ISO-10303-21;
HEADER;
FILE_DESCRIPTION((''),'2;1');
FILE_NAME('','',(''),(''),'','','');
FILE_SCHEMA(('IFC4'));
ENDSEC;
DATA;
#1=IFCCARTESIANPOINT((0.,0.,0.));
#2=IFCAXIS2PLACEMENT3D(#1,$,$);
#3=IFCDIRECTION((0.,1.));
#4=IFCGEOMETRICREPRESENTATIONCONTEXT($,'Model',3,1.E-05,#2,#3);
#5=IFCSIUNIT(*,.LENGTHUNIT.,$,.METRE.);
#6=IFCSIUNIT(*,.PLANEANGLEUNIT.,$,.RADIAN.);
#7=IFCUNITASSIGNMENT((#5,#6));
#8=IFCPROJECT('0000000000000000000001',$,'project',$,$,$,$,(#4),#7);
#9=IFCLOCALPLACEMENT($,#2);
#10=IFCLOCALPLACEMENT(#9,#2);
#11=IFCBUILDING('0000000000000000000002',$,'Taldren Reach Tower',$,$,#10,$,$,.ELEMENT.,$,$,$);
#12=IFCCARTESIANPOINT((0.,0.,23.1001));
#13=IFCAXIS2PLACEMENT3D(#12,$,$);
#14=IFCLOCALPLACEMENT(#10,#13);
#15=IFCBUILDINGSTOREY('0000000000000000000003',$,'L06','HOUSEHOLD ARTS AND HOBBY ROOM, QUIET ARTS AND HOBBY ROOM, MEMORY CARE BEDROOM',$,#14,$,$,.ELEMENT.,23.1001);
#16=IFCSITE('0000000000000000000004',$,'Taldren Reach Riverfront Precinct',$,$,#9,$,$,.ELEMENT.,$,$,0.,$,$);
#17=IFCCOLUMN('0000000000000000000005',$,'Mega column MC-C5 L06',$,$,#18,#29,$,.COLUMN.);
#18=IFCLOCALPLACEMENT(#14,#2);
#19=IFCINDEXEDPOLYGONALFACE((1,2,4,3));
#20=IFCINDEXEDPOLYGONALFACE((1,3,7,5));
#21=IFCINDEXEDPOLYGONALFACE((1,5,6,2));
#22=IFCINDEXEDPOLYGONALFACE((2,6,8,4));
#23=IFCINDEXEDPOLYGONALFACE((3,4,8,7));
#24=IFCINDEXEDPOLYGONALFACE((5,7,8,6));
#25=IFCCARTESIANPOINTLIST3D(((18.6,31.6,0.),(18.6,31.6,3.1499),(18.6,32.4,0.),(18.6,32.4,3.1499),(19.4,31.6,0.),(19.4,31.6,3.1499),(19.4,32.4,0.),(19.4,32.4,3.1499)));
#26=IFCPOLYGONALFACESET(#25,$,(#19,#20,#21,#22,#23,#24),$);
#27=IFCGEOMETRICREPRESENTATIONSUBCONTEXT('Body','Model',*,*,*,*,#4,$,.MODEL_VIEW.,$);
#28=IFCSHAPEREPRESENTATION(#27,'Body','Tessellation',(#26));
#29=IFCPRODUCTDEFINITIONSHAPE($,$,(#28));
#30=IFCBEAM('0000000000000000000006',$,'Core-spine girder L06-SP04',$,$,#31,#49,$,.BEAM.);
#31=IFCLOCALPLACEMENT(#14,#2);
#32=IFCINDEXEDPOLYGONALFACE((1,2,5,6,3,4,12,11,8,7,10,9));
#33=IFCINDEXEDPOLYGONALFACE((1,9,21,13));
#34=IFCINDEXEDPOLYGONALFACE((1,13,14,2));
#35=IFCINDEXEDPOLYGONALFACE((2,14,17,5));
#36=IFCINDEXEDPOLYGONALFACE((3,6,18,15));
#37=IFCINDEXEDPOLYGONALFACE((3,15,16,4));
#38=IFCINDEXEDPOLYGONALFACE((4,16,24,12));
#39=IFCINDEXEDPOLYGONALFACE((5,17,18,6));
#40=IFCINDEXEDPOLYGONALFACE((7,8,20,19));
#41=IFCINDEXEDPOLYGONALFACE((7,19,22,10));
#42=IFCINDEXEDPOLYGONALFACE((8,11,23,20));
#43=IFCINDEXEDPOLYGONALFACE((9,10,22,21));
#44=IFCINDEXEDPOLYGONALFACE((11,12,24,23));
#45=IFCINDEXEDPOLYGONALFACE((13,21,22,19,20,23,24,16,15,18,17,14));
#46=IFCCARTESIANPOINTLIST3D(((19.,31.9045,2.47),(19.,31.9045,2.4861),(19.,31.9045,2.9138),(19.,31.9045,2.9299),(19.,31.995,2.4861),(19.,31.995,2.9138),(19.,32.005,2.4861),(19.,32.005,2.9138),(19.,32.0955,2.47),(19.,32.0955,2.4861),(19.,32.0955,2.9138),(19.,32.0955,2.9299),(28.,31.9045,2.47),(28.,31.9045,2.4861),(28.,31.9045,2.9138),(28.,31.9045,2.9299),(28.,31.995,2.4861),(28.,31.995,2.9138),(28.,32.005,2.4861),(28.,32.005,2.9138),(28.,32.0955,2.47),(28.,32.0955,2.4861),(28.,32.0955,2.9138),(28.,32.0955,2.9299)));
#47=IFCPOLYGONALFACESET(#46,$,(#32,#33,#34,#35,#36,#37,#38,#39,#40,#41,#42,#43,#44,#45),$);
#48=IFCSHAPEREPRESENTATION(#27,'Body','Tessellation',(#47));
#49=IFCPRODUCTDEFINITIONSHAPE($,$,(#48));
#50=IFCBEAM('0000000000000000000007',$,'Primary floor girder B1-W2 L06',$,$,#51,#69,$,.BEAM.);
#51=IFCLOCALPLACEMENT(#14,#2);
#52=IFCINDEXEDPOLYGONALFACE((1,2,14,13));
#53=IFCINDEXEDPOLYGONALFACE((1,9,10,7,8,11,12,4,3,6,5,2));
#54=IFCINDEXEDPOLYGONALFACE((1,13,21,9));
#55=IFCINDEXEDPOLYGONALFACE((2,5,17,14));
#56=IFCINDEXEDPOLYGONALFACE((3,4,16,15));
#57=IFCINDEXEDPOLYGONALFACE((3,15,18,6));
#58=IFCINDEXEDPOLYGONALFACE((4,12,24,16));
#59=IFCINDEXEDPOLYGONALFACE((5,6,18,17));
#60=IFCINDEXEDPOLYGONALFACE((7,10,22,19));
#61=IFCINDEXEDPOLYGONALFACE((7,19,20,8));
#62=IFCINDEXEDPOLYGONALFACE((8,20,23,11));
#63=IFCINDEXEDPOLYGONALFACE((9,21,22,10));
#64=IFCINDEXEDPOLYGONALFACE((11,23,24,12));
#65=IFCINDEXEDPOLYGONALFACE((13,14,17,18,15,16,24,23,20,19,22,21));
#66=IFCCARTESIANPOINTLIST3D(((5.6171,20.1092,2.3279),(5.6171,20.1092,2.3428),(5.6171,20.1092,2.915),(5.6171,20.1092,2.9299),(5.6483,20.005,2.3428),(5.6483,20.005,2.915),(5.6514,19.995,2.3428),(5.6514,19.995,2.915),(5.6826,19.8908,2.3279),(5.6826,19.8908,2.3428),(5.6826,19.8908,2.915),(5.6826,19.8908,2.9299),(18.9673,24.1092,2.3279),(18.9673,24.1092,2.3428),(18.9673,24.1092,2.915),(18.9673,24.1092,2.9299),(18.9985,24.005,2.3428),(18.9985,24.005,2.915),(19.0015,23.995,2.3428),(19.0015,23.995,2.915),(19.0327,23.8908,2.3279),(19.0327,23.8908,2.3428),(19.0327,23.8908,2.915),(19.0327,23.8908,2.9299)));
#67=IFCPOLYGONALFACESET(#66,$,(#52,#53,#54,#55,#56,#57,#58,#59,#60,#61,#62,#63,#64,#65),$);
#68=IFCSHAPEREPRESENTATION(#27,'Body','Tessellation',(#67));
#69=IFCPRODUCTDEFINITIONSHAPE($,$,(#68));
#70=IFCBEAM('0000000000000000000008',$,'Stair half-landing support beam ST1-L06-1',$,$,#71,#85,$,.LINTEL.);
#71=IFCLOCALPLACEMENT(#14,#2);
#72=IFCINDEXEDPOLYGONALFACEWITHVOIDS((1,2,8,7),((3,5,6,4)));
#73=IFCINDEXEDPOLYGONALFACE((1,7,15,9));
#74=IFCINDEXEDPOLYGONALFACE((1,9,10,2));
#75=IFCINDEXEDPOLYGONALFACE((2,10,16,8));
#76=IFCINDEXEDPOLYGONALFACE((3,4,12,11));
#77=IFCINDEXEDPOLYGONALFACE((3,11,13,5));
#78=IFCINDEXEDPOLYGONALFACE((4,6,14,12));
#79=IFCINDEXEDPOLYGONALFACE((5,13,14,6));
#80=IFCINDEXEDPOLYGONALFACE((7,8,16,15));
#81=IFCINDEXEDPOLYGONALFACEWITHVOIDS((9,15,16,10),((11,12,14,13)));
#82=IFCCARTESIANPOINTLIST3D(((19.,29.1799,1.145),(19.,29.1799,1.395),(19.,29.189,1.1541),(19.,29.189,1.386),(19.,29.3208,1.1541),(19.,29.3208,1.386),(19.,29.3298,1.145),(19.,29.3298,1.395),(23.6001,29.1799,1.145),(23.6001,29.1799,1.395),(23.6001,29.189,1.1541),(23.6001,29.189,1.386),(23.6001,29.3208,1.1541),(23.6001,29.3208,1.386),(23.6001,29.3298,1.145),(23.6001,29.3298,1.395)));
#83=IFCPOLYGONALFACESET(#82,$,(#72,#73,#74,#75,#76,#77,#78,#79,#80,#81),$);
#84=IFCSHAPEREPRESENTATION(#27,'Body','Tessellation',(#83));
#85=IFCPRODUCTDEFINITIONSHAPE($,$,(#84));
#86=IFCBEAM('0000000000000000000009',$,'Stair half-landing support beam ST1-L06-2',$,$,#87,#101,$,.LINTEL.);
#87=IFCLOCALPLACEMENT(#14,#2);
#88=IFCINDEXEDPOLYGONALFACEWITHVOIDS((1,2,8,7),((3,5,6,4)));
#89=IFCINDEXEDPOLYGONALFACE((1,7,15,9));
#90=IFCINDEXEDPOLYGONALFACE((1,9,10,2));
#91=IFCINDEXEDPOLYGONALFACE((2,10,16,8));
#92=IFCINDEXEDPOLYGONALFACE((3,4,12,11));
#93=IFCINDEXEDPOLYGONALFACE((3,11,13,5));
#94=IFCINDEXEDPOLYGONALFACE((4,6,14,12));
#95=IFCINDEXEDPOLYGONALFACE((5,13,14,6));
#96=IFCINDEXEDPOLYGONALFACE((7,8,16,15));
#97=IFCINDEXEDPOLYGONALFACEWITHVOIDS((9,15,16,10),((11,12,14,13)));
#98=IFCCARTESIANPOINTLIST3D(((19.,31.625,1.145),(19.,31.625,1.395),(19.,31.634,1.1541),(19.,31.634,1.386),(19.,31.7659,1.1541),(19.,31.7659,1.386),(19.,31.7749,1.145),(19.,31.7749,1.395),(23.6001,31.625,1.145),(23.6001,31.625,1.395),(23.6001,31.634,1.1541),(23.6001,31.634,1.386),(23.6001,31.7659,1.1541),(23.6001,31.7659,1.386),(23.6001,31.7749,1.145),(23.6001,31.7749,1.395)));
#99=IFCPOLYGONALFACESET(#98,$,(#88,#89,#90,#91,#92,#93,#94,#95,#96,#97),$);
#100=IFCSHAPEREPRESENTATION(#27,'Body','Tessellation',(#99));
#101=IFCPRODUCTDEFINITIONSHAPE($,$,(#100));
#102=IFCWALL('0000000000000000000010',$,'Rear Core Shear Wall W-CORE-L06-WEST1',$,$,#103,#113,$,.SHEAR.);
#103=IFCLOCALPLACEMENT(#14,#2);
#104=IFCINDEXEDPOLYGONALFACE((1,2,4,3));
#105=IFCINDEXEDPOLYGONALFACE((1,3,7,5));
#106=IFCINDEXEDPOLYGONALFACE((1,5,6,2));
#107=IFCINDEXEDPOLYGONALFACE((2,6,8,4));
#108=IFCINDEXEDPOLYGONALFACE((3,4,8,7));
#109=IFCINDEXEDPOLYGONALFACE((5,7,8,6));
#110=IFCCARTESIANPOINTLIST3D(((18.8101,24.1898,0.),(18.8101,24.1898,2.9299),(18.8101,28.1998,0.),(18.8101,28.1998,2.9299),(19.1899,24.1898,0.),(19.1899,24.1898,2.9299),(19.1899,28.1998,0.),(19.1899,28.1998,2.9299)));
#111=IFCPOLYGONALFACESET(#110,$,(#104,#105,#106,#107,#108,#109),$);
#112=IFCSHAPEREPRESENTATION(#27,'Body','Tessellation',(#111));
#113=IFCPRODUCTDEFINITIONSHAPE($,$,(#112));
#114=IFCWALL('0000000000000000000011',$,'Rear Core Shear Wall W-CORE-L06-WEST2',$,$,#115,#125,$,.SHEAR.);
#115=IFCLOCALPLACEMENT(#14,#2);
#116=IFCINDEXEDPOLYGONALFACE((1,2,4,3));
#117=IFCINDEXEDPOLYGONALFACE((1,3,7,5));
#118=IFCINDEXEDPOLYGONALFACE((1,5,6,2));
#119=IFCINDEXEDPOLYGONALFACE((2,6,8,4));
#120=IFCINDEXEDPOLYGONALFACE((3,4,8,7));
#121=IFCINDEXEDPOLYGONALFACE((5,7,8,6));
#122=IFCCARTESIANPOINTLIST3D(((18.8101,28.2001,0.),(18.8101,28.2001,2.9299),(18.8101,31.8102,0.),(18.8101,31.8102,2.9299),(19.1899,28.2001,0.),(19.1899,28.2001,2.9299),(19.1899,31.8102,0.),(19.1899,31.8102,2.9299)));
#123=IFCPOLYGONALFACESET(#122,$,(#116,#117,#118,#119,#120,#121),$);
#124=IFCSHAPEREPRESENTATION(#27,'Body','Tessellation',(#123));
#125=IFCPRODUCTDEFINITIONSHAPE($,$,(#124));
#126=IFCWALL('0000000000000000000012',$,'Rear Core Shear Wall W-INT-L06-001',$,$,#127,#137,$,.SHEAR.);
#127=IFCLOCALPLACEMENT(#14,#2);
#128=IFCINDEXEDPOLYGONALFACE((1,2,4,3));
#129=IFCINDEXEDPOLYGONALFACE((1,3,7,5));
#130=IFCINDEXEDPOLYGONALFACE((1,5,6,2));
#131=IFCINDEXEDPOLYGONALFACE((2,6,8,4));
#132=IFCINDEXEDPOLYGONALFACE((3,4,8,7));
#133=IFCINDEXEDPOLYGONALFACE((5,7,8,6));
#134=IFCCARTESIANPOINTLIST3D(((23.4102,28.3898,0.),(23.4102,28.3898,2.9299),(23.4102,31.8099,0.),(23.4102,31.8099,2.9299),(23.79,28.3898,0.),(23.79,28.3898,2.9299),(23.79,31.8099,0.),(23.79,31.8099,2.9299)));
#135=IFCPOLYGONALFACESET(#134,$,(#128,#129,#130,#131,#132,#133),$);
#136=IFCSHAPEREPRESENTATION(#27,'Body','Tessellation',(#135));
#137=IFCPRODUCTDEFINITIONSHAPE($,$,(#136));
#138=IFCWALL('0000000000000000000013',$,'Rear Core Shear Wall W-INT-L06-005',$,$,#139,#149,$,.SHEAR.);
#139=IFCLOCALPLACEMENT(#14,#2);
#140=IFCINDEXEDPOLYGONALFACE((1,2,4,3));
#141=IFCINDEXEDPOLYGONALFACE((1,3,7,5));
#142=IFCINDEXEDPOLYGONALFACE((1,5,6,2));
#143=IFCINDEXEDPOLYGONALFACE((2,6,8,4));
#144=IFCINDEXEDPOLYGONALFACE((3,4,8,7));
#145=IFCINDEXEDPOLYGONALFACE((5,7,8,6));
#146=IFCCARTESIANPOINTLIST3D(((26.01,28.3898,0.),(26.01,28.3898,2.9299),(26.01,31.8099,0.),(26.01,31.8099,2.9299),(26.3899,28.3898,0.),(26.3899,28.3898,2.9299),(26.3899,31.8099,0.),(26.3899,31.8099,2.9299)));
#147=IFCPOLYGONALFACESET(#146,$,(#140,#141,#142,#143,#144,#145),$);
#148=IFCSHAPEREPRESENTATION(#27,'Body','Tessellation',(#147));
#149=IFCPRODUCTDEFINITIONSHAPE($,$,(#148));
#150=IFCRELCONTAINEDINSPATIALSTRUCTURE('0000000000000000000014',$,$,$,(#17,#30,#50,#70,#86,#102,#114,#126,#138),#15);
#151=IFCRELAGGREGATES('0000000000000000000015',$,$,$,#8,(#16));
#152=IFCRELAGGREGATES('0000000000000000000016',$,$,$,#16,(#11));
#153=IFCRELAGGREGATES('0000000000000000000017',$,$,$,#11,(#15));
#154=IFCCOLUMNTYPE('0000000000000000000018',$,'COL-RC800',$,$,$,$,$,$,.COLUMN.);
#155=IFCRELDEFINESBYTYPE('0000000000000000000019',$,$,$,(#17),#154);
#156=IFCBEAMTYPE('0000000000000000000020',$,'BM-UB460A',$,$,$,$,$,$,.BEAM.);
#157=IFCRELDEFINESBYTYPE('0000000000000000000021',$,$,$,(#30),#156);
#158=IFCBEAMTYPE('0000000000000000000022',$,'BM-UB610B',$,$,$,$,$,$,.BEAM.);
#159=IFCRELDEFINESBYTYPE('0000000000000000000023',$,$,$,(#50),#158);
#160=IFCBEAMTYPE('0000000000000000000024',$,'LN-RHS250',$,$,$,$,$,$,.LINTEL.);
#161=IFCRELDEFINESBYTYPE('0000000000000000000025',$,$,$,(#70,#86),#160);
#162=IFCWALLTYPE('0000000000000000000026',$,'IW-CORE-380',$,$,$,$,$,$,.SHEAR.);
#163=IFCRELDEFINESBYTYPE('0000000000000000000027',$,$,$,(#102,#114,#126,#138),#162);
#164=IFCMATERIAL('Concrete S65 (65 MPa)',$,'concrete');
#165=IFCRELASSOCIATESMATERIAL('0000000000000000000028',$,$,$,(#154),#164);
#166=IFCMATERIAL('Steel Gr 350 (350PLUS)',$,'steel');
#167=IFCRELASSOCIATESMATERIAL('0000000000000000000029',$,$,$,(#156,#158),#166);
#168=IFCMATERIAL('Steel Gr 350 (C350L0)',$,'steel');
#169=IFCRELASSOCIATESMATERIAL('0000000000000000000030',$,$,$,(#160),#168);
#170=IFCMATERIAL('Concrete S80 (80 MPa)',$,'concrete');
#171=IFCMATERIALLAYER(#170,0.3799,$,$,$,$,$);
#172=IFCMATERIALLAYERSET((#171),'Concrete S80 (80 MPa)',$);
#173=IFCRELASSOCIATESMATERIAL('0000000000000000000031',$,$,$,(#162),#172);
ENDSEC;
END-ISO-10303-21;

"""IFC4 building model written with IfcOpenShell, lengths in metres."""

from ifc_helpers import new_model, si_unit, direction, frame, frame_2d, origin, origin_2d, place, context, subcontext, project, spatial, rectangle, hollow_rectangle, i_section, extrude, source, transform, mapped, material, layer, layer_set, material_profile, profile_set, type_object, element, save


model = new_model("IFC4")

# Units and contexts
model_context = context("Model", 3, precision=1e-05, world=origin(), true_north=direction((0.0, 1.0)))
body_context = subcontext(model_context, "Body", "Model", "MODEL_VIEW")
ifc_project = project(units=[si_unit("LENGTHUNIT", "METRE"), si_unit("PLANEANGLEUNIT", "RADIAN")], contexts=[model_context])

# Site, building, storey
site_placement = place(None, origin())
site = spatial("IfcSite", under=ifc_project, at=site_placement, Name="Taldren Reach Riverfront Precinct", CompositionType="ELEMENT", RefElevation=0.0)
building_placement = place(site_placement, origin())
building = spatial("IfcBuilding", under=site, at=building_placement, Name="Taldren Reach Tower", CompositionType="ELEMENT")
storey_placement = place(building_placement, frame((0.0, 0.0, 23.1001)))
storey = spatial("IfcBuildingStorey", under=building, at=storey_placement, Name="L06", Description="HOUSEHOLD ARTS AND HOBBY ROOM, QUIET ARTS AND HOBBY ROOM, MEMORY CARE BEDROOM", CompositionType="ELEMENT", Elevation=23.1001)

# Column
ifc_material_1 = material(Name="Concrete S65 (65 MPa)", Category="concrete")
ifc_material_profile_1 = material_profile(ifc_material_1, rectangle(XDim=0.8, YDim=0.8, at=origin_2d()), Name="RC-800x800")
ifc_profile_set_1 = profile_set([ifc_material_profile_1], Name="Concrete S65 (65 MPa)")
column_type = type_object("IfcColumnType", Name="COL-RC800", PredefinedType="COLUMN", material=ifc_profile_set_1)
shared_shape_1 = source(origin(), body_context, "Body", "SweptSolid", [
    extrude(rectangle(XDim=0.8, YDim=0.8, at=origin_2d()), origin(), (0.0, 0.0, 1.0), 3.1499),
])
column_placement = place(storey_placement, frame((19.0, 32.0, 0.0), z_axis=(0.0, 0.0, 1.0), x_axis=(1.0, 0.0, 0.0)))
element("IfcColumn", 1, at=column_placement, inside=storey, type_object=column_type, Name="Mega column MC-C5 L06", PredefinedType="COLUMN", context=body_context, shape_type="MappedRepresentation", body=[
    mapped(shared_shape_1, transform((0.0, 0.0, 0.0), scale=1.0)),
])

# Beams
ifc_material_2 = material(Name="Steel Gr 350 (350PLUS)", Category="steel")
ifc_material_profile_2 = material_profile(ifc_material_2, i_section(OverallWidth=0.1909, OverallDepth=0.46, WebThickness=0.01, FlangeThickness=0.0161, at=origin_2d()), Name="460UB82.1")
ifc_profile_set_2 = profile_set([ifc_material_profile_2], Name="Steel Gr 350 (350PLUS)")
beam_type_1 = type_object("IfcBeamType", Name="BM-UB460A", PredefinedType="BEAM", material=ifc_profile_set_2)
shared_shape_2 = source(origin(), body_context, "Body", "SweptSolid", [
    extrude(i_section(OverallWidth=0.1909, OverallDepth=0.46, WebThickness=0.01, FlangeThickness=0.0161, at=origin_2d()), origin(), (0.0, 0.0, 1.0), 9.0),
])
beam_1_placement = place(storey_placement, frame((19.0, 32.0, 2.7), z_axis=(1.0, 0.0, 0.0), x_axis=(0.0, 1.0, 0.0)))
element("IfcBeam", 2, at=beam_1_placement, inside=storey, type_object=beam_type_1, Name="Core-spine girder L06-SP04", PredefinedType="BEAM", context=body_context, shape_type="MappedRepresentation", body=[
    mapped(shared_shape_2, transform((0.0, 0.0, 0.0), scale=1.0)),
])
ifc_material_profile_3 = material_profile(ifc_material_2, i_section(OverallWidth=0.228, OverallDepth=0.6021, WebThickness=0.0105, FlangeThickness=0.0149, at=origin_2d()), Name="610UB101")
ifc_profile_set_3 = profile_set([ifc_material_profile_3], Name="Steel Gr 350 (350PLUS)")
beam_type_2 = type_object("IfcBeamType", Name="BM-UB610B", PredefinedType="BEAM", material=ifc_profile_set_3)
shared_shape_3 = source(origin(), body_context, "Body", "SweptSolid", [
    extrude(i_section(OverallWidth=0.228, OverallDepth=0.6021, WebThickness=0.0105, FlangeThickness=0.0149, at=origin_2d()), origin(), (0.0, 0.0, 1.0), 13.9365),
])
beam_2_placement = place(storey_placement, frame((19.0, 24.0, 2.6289), z_axis=(-0.957926, -0.287017, 0.0), x_axis=(0.287017, -0.957926, 0.0)))
element("IfcBeam", 3, at=beam_2_placement, inside=storey, type_object=beam_type_2, Name="Primary floor girder B1-W2 L06", PredefinedType="BEAM", context=body_context, shape_type="MappedRepresentation", body=[
    mapped(shared_shape_3, transform((0.0, 0.0, 0.0), scale=1.0)),
])
ifc_material_3 = material(Name="Steel Gr 350 (C350L0)", Category="steel")
ifc_material_profile_4 = material_profile(ifc_material_3, hollow_rectangle(XDim=0.1499, YDim=0.25, WallThickness=0.009, at=origin_2d()), Name="250x150x9.0RHS")
ifc_profile_set_4 = profile_set([ifc_material_profile_4], Name="Steel Gr 350 (C350L0)")
beam_type_3 = type_object("IfcBeamType", Name="LN-RHS250", PredefinedType="LINTEL", material=ifc_profile_set_4)
shared_shape_4 = source(origin(), body_context, "Body", "SweptSolid", [
    extrude(hollow_rectangle(XDim=0.1499, YDim=0.25, WallThickness=0.009, at=origin_2d()), origin(), (0.0, 0.0, 1.0), 4.6001),
])
for number, where, z_axis, x_axis, name in (
    (4, (19.0, 29.2549, 1.27), (1.0, 0.0, 0.0), (0.0, 1.0, 0.0), "Stair half-landing support beam ST1-L06-1"),
    (5, (19.0, 31.7, 1.27), (1.0, 0.0, 0.0), (0.0, 1.0, 0.0), "Stair half-landing support beam ST1-L06-2"),
):
    element("IfcBeam", number, at=place(storey_placement, frame(where, z_axis=z_axis, x_axis=x_axis)), inside=storey, type_object=beam_type_3, Name=name, PredefinedType="LINTEL", context=body_context, shape_type="MappedRepresentation", body=[
        mapped(shared_shape_4, transform((0.0, 0.0, 0.0), scale=1.0)),
    ])

# Walls
ifc_material_4 = material(Name="Concrete S80 (80 MPa)", Category="concrete")
ifc_layer_1 = layer(ifc_material_4, 0.3799)
ifc_layer_set_1 = layer_set([ifc_layer_1], Name="Concrete S80 (80 MPa)")
wall_type_1 = type_object("IfcWallType", Name="IW-CORE-380", PredefinedType="SHEAR", material=ifc_layer_set_1)
shared_shape_5 = source(origin(), body_context, "Body", "SweptSolid", [
    extrude(rectangle(XDim=4.01, YDim=0.3799, at=frame_2d((2.0049, 0.0))), origin(), (0.0, 0.0, 1.0), 2.9299),
])
wall_1_placement = place(storey_placement, frame((19.0, 24.1899, 0.0), z_axis=(0.0, 0.0, 1.0), x_axis=(0.0, 1.0, 0.0)))
element("IfcWall", 6, at=wall_1_placement, inside=storey, type_object=wall_type_1, Name="Rear Core Shear Wall W-CORE-L06-WEST1", PredefinedType="SHEAR", context=body_context, shape_type="MappedRepresentation", body=[
    mapped(shared_shape_5, transform((0.0, 0.0, 0.0), scale=1.0)),
])
shared_shape_6 = source(origin(), body_context, "Body", "SweptSolid", [
    extrude(rectangle(XDim=3.6101, YDim=0.3799, at=frame_2d((1.8052, 0.0))), origin(), (0.0, 0.0, 1.0), 2.9299),
])
wall_2_placement = place(storey_placement, frame((19.0, 28.2, 0.0), z_axis=(0.0, 0.0, 1.0), x_axis=(0.0, 1.0, 0.0)))
element("IfcWall", 7, at=wall_2_placement, inside=storey, type_object=wall_type_1, Name="Rear Core Shear Wall W-CORE-L06-WEST2", PredefinedType="SHEAR", context=body_context, shape_type="MappedRepresentation", body=[
    mapped(shared_shape_6, transform((0.0, 0.0, 0.0), scale=1.0)),
])
shared_shape_7 = source(origin(), body_context, "Body", "SweptSolid", [
    extrude(rectangle(XDim=3.4202, YDim=0.3799, at=frame_2d((1.71, 0.0))), origin(), (0.0, 0.0, 1.0), 2.9299),
])
for number, where, z_axis, x_axis, name in (
    (8, (23.6001, 28.3899, 0.0), (0.0, 0.0, 1.0), (0.0, 1.0, 0.0), "Rear Core Shear Wall W-INT-L06-001"),
    (9, (26.2, 28.3899, 0.0), (0.0, 0.0, 1.0), (0.0, 1.0, 0.0), "Rear Core Shear Wall W-INT-L06-005"),
):
    element("IfcWall", number, at=place(storey_placement, frame(where, z_axis=z_axis, x_axis=x_axis)), inside=storey, type_object=wall_type_1, Name=name, PredefinedType="SHEAR", context=body_context, shape_type="MappedRepresentation", body=[
        mapped(shared_shape_7, transform((0.0, 0.0, 0.0), scale=1.0)),
    ])

save(model, "model.ifc")
